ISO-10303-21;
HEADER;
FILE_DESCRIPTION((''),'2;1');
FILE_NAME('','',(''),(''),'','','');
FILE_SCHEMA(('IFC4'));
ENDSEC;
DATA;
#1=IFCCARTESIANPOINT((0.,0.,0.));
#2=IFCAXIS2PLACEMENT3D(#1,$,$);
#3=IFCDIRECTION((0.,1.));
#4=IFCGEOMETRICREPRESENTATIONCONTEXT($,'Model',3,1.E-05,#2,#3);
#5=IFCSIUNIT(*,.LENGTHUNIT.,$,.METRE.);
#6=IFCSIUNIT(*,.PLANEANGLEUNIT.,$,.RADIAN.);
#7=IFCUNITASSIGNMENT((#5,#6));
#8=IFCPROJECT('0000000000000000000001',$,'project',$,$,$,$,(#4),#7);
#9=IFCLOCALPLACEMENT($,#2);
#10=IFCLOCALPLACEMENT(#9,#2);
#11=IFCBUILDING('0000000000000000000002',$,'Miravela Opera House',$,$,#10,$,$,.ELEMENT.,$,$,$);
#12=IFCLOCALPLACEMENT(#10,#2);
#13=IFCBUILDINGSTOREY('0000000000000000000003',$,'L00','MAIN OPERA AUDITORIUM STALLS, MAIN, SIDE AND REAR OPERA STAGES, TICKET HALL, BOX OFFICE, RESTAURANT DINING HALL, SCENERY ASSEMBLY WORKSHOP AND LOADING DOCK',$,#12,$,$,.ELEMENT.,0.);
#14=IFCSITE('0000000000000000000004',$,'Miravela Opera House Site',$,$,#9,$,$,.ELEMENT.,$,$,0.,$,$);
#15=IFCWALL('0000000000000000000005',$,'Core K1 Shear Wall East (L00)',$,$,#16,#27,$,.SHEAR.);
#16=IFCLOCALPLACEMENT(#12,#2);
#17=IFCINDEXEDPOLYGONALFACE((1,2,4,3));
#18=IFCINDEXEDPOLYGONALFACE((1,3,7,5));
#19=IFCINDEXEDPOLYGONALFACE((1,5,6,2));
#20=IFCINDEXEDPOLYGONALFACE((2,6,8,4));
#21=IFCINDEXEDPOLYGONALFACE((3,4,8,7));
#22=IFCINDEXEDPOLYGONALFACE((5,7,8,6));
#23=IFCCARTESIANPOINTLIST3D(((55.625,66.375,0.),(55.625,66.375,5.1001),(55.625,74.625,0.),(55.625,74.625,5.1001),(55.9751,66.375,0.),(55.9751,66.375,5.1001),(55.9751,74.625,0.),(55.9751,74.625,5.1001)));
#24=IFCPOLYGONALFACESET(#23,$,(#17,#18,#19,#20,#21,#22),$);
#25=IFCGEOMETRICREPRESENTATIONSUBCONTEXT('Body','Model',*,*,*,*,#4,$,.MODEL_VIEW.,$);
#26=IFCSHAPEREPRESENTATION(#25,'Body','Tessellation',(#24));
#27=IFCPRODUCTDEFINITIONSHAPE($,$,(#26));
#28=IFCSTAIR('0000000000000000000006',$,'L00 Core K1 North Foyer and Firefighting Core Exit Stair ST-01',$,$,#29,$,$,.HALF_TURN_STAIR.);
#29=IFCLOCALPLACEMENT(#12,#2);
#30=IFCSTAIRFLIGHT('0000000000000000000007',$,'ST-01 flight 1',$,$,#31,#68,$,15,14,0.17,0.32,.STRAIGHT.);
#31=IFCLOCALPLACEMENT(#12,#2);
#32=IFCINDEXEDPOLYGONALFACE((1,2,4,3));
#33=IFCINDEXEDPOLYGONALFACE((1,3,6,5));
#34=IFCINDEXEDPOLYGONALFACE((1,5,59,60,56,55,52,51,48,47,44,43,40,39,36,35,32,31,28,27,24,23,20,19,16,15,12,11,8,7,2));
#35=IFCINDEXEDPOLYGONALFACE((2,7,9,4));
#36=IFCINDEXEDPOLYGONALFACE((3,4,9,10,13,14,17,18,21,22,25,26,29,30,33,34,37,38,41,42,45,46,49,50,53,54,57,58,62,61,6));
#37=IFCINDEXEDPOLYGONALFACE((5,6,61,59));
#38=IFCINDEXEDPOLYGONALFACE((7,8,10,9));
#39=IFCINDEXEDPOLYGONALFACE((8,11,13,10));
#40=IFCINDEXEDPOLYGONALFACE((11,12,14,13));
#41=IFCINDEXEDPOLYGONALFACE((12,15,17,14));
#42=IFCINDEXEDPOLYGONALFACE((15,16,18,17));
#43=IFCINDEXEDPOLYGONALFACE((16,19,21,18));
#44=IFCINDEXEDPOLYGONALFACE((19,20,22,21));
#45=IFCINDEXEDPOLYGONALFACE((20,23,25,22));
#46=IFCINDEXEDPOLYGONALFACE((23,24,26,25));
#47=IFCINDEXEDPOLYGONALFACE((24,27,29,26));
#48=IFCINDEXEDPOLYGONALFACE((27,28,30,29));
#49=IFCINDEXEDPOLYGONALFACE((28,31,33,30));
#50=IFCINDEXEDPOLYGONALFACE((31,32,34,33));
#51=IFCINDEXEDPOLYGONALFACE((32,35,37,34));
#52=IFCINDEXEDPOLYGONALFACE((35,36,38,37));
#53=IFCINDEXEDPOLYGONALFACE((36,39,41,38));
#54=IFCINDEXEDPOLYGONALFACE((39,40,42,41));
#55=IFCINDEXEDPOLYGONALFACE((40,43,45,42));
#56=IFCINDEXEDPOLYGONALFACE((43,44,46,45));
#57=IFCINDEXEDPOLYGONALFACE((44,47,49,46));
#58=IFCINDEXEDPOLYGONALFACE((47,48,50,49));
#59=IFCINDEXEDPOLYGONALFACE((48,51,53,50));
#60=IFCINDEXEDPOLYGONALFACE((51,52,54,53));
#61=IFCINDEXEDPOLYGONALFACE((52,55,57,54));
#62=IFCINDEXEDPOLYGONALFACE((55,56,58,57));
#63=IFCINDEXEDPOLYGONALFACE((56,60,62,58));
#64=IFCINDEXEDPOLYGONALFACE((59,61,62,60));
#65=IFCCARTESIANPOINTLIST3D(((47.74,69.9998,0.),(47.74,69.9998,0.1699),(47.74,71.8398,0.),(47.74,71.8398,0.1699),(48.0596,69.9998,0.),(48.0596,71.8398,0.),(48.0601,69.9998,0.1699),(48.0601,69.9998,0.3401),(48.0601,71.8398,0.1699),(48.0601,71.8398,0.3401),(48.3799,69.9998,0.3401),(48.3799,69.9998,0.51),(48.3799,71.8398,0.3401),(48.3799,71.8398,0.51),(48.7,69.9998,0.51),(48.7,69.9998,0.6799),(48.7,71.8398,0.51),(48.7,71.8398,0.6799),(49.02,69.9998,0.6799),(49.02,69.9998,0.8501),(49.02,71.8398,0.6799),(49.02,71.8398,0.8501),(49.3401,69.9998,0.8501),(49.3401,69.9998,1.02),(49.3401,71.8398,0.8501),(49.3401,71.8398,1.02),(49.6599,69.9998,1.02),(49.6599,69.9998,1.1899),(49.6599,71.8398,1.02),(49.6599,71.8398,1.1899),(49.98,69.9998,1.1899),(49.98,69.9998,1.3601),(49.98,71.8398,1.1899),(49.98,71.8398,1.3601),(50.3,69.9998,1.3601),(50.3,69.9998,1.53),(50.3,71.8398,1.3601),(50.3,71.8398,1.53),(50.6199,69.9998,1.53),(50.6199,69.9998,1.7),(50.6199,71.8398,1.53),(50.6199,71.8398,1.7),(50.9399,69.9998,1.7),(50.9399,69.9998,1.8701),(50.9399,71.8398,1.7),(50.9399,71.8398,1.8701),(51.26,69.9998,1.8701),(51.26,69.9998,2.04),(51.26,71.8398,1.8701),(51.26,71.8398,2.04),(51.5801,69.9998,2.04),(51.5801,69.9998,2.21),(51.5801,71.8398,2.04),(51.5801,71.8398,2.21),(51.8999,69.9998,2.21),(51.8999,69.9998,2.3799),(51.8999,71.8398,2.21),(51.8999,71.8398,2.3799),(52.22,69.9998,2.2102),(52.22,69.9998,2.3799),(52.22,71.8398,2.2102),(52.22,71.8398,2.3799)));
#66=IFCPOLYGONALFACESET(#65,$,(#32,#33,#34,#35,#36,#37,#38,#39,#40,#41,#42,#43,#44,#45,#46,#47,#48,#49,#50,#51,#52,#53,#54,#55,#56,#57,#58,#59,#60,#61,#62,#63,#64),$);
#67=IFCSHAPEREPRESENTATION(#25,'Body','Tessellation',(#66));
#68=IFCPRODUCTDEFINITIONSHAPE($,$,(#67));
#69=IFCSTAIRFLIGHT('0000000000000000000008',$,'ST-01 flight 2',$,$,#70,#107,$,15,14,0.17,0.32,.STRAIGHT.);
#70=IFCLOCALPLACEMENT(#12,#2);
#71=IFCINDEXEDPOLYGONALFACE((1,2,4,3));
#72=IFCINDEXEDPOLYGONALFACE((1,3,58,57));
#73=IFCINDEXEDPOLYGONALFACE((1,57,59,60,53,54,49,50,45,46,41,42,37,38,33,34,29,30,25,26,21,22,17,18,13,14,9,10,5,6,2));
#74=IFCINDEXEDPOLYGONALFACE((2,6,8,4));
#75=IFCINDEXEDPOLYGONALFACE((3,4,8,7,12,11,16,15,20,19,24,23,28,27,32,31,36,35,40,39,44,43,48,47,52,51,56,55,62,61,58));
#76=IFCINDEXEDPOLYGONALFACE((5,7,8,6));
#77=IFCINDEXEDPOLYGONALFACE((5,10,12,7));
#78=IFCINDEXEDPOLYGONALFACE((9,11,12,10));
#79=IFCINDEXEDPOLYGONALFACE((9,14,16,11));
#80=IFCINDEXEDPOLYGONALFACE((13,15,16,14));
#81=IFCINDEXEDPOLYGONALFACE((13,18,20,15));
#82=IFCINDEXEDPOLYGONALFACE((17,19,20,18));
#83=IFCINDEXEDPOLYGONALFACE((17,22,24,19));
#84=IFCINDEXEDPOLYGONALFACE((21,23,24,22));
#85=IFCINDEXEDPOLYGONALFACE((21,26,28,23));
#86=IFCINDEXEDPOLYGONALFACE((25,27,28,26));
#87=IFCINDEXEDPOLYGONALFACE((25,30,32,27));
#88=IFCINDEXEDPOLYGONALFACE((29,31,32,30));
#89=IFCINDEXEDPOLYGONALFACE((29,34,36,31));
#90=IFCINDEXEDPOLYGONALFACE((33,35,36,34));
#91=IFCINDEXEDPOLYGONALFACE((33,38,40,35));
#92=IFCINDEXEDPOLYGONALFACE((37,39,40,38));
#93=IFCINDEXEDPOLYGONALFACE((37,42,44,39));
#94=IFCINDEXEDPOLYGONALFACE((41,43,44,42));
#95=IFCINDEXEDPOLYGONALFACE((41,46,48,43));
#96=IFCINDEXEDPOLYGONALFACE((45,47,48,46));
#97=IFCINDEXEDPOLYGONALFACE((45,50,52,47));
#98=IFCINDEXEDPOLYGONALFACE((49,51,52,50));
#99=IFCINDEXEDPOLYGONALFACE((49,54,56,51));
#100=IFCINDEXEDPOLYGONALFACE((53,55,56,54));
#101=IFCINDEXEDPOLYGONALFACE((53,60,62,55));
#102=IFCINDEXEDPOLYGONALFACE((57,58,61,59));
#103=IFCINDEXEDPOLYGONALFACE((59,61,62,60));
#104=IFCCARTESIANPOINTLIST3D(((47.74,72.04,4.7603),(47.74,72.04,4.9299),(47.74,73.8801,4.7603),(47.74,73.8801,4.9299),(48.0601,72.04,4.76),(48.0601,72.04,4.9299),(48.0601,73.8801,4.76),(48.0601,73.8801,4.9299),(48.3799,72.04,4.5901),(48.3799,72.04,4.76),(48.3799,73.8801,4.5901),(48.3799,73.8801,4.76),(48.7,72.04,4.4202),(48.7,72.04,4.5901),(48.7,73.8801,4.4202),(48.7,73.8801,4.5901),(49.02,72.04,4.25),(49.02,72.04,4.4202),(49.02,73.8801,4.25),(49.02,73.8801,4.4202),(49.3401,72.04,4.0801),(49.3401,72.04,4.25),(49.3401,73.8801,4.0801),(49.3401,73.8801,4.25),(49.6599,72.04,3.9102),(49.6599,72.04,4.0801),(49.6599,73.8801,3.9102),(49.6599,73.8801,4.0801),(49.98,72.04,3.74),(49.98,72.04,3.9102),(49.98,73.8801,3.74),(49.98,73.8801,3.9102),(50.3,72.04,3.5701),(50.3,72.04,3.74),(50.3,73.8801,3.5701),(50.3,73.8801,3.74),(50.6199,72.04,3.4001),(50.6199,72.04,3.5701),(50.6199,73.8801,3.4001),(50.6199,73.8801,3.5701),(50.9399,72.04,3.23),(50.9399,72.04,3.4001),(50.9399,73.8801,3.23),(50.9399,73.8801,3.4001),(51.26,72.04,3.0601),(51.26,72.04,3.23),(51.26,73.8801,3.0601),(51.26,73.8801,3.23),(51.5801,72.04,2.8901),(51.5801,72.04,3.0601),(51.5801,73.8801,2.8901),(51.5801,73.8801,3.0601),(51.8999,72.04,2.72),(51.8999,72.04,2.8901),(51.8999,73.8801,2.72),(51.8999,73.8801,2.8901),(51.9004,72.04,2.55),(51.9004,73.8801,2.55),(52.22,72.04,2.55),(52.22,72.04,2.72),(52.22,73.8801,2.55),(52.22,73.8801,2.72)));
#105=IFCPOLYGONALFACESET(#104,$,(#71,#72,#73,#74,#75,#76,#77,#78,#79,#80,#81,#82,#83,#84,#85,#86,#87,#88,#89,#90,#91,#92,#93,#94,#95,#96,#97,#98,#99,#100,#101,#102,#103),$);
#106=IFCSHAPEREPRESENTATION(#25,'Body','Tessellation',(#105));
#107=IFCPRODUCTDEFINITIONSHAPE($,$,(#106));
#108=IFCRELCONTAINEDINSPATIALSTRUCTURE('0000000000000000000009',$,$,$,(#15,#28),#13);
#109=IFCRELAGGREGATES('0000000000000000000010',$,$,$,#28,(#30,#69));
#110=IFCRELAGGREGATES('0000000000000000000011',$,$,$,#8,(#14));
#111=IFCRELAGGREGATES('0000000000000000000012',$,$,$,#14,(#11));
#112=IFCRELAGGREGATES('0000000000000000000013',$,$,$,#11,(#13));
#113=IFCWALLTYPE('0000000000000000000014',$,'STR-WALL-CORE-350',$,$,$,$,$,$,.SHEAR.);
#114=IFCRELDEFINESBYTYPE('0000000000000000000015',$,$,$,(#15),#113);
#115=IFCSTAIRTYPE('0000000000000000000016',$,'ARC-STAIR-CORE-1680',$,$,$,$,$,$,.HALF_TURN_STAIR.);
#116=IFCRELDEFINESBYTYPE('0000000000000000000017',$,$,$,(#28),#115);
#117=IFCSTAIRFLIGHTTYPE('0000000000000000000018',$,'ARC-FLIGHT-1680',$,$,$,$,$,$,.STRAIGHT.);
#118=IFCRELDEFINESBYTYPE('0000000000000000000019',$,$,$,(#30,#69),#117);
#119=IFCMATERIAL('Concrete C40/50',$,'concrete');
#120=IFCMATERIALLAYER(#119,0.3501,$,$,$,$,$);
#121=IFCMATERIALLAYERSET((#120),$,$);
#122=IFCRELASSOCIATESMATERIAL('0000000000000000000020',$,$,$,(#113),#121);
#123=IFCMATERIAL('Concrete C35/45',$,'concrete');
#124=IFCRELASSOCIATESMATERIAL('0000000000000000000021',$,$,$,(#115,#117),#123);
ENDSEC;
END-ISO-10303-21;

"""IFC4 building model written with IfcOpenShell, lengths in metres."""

from ifc_helpers import new_model, si_unit, direction, frame, frame_2d, origin, place, context, subcontext, project, spatial, polyline, rectangle, outline, extrude, material, layer, layer_set, type_object, element, aggregate, save


model = new_model("IFC4")

# Units and contexts
model_context = context("Model", 3, precision=1e-05, world=origin(), true_north=direction((0.0, 1.0)))
body_context = subcontext(model_context, "Body", "Model", "MODEL_VIEW")
ifc_project = project(units=[si_unit("LENGTHUNIT", "METRE"), si_unit("PLANEANGLEUNIT", "RADIAN")], contexts=[model_context])

# Site, building, storey
site_placement = place(None, origin())
site = spatial("IfcSite", under=ifc_project, at=site_placement, Name="Miravela Opera House Site", CompositionType="ELEMENT", RefElevation=0.0)
building_placement = place(site_placement, origin())
building = spatial("IfcBuilding", under=site, at=building_placement, Name="Miravela Opera House", CompositionType="ELEMENT")
storey_placement = place(building_placement, origin())
storey = spatial("IfcBuildingStorey", under=building, at=storey_placement, Name="L00", Description="MAIN OPERA AUDITORIUM STALLS, MAIN, SIDE AND REAR OPERA STAGES, TICKET HALL, BOX OFFICE, RESTAURANT DINING HALL, SCENERY ASSEMBLY WORKSHOP AND LOADING DOCK", CompositionType="ELEMENT", Elevation=0.0)

# Shared definitions
ifc_material_1 = material(Name="Concrete C40/50", Category="concrete")

# Wall
ifc_layer_1 = layer(ifc_material_1, 0.3501)
ifc_layer_set_1 = layer_set([ifc_layer_1])
wall_type_1 = type_object("IfcWallType", Name="STR-WALL-CORE-350", PredefinedType="SHEAR", material=ifc_layer_set_1)
wall_1_placement = place(storey_placement, frame((55.8, 66.375, 0.0), z_axis=(0.0, 0.0, 1.0), x_axis=(0.0, 1.0, 0.0)))
element("IfcWall", 1, at=wall_1_placement, inside=storey, type_object=wall_type_1, Name="Core K1 Shear Wall East (L00)", PredefinedType="SHEAR", context=body_context, shape_type="SweptSolid", body=[
    extrude(rectangle(XDim=8.25, YDim=0.3501, at=frame_2d((4.125, 0.0))), origin(), (0.0, 0.0, 1.0), 5.1001),
])

# Stair, stair flights
ifc_material_2 = material(Name="Concrete C35/45", Category="concrete")
stair_type = type_object("IfcStairType", Name="ARC-STAIR-CORE-1680", PredefinedType="HALF_TURN_STAIR", material=ifc_material_2)
stair_placement = place(storey_placement, origin())
stair = element("IfcStair", 2, at=stair_placement, inside=storey, type_object=stair_type, Name="L00 Core K1 North Foyer and Firefighting Core Exit Stair ST-01", PredefinedType="HALF_TURN_STAIR")
stair_flight_type = type_object("IfcStairFlightType", Name="ARC-FLIGHT-1680", PredefinedType="STRAIGHT", material=ifc_material_2)
stair_flight_1_placement = place(storey_placement, frame((47.74, 70.9199, 0.0), z_axis=(0.0, 0.0, 1.0), x_axis=(1.0, 0.0, 0.0)))
stair_flight_1 = element("IfcStairFlight", 3, at=stair_flight_1_placement, type_object=stair_flight_type, Name="ST-01 flight 1", NumberOfRisers=15, NumberOfTreads=14, PredefinedType="STRAIGHT", RiserHeight=0.17, TreadLength=0.32, context=body_context, shape_type="SweptSolid", body=[
    extrude(outline(polyline([(0.0, 0.0), (0.0, 0.1699), (0.3201, 0.1699), (0.3201, 0.3401), (0.6399, 0.3401), (0.6399, 0.51), (0.96, 0.51), (0.96, 0.6799), (1.28, 0.6799), (1.28, 0.8501), (1.6001, 0.8501), (1.6001, 1.02), (1.9199, 1.02), (1.9199, 1.1899), (2.24, 1.1899), (2.24, 1.3601), (2.5601, 1.3601), (2.5601, 1.53), (2.8799, 1.53), (2.8799, 1.7), (3.2, 1.7), (3.2, 1.8701), (3.52, 1.8701), (3.52, 2.04), (3.8401, 2.04), (3.8401, 2.21), (4.1599, 2.21), (4.1599, 2.3799), (4.48, 2.3799), (4.48, 2.55), (4.48, 2.2102), (0.3196, 0.0), (0.0, 0.0)])), frame((0.0, 0.9199, 0.0), z_axis=(0.0, -1.0, 0.0), x_axis=(1.0, 0.0, 0.0)), (0.0, 0.0, 1.0), 1.8401),
])
stair_flight_2_placement = place(storey_placement, frame((52.22, 72.96, 2.55), z_axis=(0.0, 0.0, 1.0), x_axis=(-1.0, 0.0, 0.0)))
stair_flight_2 = element("IfcStairFlight", 4, at=stair_flight_2_placement, type_object=stair_flight_type, Name="ST-01 flight 2", NumberOfRisers=15, NumberOfTreads=14, PredefinedType="STRAIGHT", RiserHeight=0.17, TreadLength=0.32, context=body_context, shape_type="SweptSolid", body=[
    extrude(outline(polyline([(0.0, 0.0), (0.0, 0.1699), (0.3201, 0.1699), (0.3201, 0.3401), (0.6399, 0.3401), (0.6399, 0.51), (0.96, 0.51), (0.96, 0.6799), (1.28, 0.6799), (1.28, 0.8501), (1.6001, 0.8501), (1.6001, 1.02), (1.9199, 1.02), (1.9199, 1.1899), (2.24, 1.1899), (2.24, 1.3601), (2.5601, 1.3601), (2.5601, 1.53), (2.8799, 1.53), (2.8799, 1.7), (3.2, 1.7), (3.2, 1.8701), (3.52, 1.8701), (3.52, 2.04), (3.8401, 2.04), (3.8401, 2.21), (4.1599, 2.21), (4.1599, 2.3799), (4.48, 2.3799), (4.48, 2.55), (4.48, 2.2102), (0.3196, 0.0), (0.0, 0.0)])), frame((0.0, 0.9199, 0.0), z_axis=(0.0, -1.0, 0.0), x_axis=(1.0, 0.0, 0.0)), (0.0, 0.0, 1.0), 1.8401),
])
aggregate(stair, [stair_flight_1, stair_flight_2])

save(model, "model.ifc")
